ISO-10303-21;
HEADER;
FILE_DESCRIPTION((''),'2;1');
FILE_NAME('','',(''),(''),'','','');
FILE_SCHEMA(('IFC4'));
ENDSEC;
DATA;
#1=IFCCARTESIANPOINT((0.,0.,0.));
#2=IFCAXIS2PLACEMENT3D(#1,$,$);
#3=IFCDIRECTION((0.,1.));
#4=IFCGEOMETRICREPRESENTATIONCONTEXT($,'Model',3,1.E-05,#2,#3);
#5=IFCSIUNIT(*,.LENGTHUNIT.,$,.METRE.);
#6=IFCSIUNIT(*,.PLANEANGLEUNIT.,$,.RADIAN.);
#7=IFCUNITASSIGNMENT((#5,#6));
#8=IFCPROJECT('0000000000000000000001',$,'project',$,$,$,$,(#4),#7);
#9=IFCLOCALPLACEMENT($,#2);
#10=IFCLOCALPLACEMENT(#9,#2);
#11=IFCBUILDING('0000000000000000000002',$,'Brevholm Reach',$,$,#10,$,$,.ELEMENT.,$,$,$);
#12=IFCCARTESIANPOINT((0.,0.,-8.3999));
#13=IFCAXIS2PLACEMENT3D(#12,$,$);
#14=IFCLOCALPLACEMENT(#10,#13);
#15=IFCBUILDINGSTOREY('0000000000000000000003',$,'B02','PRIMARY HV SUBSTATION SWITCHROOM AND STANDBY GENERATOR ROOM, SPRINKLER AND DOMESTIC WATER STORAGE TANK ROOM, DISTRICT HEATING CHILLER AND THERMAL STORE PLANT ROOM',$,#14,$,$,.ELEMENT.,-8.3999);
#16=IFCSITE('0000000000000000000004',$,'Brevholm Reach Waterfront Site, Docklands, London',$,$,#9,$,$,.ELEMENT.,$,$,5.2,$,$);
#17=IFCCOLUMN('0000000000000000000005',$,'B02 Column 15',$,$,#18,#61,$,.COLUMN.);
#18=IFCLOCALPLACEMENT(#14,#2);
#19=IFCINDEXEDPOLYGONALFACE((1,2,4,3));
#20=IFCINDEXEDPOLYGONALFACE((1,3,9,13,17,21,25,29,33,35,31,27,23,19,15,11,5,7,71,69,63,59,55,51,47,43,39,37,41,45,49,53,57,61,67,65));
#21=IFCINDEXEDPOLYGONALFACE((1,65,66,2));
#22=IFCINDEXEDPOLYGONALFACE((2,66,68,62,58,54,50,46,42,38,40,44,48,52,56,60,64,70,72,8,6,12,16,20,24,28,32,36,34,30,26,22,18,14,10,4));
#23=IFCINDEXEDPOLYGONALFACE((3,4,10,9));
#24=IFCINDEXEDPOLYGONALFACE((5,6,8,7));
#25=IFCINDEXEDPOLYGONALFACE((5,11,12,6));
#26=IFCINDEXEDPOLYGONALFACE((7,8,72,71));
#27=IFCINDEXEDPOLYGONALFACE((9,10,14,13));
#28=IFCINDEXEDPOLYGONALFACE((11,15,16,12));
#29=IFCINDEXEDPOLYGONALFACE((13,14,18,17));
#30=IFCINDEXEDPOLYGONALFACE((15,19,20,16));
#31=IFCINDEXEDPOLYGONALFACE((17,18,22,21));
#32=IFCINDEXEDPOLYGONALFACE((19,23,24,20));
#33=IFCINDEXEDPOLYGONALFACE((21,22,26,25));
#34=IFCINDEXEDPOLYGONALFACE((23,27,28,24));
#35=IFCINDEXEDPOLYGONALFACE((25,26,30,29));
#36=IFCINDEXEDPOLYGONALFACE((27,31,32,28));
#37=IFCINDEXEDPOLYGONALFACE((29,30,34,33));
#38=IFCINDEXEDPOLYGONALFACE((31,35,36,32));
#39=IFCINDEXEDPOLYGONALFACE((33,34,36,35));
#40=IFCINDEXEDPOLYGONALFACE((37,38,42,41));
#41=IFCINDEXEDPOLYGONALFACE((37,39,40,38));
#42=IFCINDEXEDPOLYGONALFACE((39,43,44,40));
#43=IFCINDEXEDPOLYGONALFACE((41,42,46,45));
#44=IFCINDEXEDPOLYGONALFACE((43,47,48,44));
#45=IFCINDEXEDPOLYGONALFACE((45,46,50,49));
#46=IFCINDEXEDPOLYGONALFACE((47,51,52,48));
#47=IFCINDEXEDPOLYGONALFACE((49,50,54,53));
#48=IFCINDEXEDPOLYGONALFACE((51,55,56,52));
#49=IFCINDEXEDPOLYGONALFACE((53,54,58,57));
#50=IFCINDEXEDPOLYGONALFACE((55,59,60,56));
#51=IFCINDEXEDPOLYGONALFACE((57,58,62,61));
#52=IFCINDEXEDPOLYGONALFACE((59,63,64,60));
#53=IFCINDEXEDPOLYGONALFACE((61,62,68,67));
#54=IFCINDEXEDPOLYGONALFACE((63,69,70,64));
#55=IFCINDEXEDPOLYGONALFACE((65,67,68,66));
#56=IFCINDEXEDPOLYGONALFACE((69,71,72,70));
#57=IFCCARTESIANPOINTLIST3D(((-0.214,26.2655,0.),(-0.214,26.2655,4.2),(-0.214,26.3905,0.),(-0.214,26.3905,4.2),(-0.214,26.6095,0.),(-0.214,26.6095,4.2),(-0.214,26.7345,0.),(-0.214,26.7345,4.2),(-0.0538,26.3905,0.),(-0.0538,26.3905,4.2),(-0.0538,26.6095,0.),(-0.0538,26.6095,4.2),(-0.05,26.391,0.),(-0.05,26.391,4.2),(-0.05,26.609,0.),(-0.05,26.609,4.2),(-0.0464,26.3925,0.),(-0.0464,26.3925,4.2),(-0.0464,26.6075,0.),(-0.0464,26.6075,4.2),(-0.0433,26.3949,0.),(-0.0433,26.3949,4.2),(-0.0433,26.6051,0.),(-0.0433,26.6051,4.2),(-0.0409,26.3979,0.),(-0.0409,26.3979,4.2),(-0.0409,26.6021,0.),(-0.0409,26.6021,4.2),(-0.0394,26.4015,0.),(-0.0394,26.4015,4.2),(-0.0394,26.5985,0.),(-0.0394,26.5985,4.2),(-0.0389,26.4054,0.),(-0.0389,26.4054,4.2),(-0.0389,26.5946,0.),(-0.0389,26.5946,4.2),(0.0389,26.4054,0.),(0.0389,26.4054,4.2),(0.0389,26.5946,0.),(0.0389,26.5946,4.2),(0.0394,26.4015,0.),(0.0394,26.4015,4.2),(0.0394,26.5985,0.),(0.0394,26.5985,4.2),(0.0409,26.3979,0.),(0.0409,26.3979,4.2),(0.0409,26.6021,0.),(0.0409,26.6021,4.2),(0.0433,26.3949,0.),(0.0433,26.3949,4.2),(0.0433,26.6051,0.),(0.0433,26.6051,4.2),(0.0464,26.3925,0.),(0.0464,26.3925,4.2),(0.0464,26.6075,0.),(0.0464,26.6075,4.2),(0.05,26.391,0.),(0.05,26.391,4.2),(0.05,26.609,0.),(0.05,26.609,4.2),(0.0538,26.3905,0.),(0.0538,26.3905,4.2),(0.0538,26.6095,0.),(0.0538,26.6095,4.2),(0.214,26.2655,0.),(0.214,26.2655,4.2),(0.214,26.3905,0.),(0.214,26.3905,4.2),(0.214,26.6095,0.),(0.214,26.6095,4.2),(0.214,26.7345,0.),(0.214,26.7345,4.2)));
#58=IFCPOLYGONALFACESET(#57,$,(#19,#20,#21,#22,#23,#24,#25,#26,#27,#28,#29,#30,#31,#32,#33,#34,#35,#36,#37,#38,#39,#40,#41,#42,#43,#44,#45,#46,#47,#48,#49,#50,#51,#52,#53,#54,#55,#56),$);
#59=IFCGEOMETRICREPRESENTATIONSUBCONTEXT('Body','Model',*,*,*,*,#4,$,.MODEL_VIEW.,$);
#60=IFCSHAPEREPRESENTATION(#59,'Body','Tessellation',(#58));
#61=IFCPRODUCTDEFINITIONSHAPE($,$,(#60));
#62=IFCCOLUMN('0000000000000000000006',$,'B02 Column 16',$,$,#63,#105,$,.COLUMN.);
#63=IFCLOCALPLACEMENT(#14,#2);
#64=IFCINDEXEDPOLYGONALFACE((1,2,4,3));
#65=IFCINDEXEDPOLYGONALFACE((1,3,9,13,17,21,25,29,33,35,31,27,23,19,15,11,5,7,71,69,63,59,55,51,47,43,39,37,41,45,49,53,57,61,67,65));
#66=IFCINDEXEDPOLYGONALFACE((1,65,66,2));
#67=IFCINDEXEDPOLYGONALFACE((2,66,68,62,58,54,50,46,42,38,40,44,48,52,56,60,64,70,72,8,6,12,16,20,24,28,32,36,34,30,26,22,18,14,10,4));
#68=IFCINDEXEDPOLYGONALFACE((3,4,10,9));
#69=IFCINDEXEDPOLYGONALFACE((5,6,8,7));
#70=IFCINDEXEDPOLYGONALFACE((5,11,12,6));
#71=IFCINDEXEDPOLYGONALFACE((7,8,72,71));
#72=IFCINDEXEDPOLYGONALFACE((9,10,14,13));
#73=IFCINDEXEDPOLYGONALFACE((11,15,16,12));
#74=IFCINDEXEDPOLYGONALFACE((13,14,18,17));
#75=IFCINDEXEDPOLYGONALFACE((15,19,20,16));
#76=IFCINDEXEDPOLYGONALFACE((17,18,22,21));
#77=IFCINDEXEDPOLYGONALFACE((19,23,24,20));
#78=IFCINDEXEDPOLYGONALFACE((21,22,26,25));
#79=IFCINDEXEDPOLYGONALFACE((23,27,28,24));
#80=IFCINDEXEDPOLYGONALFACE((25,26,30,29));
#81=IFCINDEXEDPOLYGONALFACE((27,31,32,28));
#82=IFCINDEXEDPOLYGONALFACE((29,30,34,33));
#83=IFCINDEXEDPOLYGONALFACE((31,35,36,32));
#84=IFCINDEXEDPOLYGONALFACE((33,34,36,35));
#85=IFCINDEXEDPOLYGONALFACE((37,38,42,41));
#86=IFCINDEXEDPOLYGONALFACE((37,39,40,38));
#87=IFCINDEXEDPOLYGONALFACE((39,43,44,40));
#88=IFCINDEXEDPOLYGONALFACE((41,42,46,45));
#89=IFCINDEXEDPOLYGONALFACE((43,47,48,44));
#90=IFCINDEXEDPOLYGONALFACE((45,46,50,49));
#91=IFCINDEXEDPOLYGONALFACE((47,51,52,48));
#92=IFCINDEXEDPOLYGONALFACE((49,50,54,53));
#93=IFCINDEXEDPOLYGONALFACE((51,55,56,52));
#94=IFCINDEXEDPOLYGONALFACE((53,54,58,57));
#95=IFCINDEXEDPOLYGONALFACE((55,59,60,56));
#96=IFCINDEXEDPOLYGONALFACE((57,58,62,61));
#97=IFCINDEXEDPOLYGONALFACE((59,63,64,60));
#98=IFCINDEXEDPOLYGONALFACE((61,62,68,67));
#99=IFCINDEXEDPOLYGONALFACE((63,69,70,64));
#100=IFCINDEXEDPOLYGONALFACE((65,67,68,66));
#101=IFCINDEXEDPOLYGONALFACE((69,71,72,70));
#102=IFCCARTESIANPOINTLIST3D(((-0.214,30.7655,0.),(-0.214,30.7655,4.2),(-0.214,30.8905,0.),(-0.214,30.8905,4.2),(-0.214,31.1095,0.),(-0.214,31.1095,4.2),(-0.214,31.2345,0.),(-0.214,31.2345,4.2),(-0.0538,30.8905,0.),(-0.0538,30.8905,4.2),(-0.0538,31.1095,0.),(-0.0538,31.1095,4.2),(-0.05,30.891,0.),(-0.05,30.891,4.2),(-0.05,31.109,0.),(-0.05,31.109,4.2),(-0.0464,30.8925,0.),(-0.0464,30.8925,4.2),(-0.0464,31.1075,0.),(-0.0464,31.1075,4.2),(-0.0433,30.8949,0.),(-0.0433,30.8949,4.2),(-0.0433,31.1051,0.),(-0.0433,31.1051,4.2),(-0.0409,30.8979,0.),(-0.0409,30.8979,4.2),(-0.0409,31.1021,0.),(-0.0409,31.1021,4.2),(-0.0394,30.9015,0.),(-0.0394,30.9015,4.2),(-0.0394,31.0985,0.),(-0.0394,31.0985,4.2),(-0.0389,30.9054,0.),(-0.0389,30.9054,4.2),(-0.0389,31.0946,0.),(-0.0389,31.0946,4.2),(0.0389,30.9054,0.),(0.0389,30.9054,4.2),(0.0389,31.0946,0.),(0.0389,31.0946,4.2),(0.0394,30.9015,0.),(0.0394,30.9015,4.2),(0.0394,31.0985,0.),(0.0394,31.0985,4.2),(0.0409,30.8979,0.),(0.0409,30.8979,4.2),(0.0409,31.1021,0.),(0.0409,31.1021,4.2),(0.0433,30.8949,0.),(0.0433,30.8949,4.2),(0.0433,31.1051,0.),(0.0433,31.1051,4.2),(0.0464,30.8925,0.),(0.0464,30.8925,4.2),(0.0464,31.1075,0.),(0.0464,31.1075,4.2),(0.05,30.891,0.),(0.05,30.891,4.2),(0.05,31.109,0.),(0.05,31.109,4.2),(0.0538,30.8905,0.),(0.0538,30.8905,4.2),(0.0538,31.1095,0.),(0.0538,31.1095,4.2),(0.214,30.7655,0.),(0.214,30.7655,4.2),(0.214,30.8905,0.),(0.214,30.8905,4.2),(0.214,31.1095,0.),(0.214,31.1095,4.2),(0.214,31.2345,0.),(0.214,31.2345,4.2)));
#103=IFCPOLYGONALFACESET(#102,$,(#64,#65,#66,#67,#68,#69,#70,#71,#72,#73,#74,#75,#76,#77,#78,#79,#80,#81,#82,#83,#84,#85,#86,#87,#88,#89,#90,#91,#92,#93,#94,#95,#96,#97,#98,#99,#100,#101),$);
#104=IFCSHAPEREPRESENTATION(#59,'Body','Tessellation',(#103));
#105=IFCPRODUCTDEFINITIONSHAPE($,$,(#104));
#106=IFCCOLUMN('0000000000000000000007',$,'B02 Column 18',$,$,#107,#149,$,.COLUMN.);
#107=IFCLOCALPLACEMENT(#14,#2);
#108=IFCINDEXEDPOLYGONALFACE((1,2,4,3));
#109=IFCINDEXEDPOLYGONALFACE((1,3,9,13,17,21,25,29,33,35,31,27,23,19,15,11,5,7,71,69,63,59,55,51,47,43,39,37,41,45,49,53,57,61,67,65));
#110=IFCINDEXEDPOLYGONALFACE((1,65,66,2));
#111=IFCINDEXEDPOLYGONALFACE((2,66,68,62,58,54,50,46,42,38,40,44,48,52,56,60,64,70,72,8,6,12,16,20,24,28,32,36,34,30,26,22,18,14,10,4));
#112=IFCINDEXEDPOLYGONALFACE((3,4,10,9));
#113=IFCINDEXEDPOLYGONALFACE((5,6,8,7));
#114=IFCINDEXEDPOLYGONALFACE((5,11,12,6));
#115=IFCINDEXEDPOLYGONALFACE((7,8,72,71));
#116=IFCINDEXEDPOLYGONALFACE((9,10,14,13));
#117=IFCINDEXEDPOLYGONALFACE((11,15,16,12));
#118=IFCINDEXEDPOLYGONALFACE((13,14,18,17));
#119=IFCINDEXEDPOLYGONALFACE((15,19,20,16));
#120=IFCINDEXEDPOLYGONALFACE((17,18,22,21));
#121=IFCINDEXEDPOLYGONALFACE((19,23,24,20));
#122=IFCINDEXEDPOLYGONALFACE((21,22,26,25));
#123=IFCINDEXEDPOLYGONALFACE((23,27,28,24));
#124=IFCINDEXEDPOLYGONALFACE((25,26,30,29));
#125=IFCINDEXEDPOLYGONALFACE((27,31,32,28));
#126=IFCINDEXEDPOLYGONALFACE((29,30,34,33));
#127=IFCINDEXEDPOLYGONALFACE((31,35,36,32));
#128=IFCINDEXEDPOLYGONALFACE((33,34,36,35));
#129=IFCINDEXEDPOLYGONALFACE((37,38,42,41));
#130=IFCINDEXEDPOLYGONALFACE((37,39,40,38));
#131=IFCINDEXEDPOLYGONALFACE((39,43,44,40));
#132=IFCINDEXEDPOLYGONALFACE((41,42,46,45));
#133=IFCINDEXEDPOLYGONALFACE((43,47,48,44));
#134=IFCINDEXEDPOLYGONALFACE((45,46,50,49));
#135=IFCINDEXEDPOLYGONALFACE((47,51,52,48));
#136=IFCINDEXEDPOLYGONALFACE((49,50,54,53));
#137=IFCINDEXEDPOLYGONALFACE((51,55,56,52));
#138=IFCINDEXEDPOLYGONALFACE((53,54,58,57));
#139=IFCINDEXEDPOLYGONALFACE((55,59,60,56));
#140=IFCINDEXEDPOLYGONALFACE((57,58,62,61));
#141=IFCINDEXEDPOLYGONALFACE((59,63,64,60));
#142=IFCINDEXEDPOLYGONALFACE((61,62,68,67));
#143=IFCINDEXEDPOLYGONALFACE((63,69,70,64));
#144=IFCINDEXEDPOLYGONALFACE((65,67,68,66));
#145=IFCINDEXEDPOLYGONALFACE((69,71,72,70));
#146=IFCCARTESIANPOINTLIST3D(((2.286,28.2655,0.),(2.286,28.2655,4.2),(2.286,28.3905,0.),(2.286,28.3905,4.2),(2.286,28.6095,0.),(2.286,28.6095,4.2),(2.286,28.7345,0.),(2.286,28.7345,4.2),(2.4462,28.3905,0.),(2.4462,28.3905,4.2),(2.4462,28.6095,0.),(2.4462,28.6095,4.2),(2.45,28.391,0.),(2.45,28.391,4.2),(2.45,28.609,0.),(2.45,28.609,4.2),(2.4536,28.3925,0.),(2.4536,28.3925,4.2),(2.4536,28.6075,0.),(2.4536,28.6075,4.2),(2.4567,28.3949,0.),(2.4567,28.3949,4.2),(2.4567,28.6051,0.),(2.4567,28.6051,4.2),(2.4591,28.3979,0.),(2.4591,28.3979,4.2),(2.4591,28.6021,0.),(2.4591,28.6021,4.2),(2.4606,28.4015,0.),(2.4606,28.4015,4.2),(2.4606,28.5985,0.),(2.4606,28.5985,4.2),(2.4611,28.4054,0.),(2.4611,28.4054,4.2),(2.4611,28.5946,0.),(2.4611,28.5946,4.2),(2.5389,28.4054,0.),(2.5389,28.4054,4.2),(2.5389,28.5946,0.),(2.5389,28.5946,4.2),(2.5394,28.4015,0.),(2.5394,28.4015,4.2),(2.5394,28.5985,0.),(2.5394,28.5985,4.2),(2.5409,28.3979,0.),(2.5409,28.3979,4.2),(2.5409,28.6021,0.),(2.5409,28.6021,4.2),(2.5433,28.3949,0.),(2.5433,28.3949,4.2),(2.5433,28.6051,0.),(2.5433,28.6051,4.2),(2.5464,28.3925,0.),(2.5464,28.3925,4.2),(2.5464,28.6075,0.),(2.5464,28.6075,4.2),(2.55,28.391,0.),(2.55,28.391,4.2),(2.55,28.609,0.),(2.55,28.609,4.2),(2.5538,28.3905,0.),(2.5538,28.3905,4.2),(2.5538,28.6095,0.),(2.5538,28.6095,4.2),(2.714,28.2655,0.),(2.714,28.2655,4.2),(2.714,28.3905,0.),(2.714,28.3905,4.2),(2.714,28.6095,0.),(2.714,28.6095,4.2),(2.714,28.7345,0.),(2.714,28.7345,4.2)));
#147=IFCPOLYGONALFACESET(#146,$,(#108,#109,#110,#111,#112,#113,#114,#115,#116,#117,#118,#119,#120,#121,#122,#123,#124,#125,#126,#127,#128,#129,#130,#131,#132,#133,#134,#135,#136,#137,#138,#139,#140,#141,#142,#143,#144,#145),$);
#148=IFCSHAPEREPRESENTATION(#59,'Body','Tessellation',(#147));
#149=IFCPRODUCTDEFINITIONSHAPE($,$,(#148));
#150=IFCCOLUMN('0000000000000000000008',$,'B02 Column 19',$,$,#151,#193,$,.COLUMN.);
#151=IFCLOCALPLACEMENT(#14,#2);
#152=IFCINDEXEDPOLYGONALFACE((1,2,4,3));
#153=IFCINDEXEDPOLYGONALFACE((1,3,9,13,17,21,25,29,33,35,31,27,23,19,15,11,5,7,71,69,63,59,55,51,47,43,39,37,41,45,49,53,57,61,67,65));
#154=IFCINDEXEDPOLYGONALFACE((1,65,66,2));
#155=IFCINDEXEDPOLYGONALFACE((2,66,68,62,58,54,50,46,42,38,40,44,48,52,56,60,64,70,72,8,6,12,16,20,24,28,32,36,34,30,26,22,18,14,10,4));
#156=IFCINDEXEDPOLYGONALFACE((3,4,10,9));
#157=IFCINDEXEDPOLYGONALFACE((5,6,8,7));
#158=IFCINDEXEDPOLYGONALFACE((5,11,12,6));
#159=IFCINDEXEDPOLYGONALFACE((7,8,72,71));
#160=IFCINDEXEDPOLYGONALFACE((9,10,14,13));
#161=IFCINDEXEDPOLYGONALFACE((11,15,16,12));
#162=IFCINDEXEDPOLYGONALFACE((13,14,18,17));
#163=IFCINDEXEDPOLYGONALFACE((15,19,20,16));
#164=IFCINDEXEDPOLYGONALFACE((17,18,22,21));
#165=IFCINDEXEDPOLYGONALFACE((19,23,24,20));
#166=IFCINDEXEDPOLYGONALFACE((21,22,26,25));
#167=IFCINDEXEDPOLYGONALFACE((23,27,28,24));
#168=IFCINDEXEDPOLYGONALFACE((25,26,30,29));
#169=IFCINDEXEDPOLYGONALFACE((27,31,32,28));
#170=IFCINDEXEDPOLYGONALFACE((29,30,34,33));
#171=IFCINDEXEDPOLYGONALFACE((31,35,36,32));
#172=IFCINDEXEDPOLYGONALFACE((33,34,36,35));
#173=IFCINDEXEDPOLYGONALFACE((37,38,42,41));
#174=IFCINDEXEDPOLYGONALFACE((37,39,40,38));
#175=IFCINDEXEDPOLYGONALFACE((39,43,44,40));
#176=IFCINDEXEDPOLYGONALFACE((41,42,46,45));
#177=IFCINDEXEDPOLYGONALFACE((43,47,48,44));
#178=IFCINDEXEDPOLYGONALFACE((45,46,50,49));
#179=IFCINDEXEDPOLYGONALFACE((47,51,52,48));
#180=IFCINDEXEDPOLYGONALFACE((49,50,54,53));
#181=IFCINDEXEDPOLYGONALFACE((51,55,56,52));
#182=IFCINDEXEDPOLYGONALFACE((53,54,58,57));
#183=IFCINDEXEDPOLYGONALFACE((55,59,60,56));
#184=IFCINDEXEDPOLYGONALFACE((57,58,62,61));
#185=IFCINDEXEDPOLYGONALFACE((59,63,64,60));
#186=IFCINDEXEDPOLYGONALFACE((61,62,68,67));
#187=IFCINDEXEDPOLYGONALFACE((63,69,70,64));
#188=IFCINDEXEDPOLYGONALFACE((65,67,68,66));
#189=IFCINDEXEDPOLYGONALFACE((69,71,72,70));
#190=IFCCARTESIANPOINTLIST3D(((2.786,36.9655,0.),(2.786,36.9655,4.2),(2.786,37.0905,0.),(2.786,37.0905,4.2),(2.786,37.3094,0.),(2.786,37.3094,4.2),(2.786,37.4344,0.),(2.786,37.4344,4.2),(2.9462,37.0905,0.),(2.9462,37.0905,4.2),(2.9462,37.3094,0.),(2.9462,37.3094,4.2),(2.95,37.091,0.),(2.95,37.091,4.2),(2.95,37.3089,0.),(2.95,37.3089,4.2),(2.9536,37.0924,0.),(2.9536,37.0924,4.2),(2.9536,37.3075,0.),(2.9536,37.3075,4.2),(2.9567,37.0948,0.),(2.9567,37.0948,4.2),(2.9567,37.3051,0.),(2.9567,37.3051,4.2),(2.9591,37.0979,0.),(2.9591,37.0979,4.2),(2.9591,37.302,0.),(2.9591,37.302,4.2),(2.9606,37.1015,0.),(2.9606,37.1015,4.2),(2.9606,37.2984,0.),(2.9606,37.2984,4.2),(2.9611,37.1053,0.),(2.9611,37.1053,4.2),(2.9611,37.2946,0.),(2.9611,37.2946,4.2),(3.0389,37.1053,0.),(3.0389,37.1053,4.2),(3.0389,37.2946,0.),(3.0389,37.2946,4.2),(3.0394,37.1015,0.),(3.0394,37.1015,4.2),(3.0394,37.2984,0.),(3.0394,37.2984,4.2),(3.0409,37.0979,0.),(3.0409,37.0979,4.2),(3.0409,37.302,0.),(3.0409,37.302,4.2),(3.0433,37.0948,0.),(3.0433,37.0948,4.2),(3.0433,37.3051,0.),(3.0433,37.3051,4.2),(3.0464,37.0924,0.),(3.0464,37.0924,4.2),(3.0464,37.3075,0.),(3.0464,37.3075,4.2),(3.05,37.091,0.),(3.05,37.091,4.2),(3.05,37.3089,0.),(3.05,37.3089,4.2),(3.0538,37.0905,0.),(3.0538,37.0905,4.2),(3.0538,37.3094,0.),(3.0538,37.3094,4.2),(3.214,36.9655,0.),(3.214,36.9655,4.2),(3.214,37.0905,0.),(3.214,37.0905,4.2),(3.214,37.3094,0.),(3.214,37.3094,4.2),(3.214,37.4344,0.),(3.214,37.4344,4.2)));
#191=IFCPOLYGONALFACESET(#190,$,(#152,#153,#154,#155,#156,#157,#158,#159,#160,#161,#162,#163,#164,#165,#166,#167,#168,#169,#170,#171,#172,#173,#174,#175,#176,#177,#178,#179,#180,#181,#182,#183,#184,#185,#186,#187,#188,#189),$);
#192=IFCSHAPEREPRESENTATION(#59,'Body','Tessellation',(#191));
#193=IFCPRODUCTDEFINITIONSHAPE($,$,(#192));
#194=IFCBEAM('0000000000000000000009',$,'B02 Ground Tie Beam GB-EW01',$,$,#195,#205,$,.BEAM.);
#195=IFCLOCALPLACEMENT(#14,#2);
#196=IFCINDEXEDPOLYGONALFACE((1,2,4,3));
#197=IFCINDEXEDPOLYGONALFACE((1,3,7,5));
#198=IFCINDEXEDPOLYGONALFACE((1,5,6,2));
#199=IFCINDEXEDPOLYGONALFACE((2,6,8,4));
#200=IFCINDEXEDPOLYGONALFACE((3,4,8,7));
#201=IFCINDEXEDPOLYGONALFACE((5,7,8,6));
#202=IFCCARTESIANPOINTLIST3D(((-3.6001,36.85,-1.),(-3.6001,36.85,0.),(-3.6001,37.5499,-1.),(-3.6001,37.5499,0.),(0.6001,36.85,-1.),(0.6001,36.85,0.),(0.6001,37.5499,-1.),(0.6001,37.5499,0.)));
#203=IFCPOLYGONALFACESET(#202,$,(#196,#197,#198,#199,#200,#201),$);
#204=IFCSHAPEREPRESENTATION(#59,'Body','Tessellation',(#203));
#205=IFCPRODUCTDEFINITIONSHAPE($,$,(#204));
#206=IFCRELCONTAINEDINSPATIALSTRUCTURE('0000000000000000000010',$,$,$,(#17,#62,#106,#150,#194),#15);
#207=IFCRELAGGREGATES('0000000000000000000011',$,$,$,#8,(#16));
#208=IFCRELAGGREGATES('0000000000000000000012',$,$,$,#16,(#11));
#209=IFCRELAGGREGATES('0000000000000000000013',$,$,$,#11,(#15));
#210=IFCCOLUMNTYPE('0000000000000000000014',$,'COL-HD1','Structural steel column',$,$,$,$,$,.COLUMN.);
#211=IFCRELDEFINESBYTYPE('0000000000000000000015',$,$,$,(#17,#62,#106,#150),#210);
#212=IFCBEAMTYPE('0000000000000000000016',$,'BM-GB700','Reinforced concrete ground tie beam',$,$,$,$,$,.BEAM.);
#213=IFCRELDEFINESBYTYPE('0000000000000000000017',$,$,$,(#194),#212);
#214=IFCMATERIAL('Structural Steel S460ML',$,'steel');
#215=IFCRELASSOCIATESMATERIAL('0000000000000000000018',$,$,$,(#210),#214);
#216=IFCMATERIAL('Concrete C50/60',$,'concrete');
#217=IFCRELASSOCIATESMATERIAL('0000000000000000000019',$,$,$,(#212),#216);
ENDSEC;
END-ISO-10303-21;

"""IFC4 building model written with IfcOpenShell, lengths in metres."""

from ifc_helpers import new_model, si_unit, direction, frame, origin, origin_2d, place, context, subcontext, project, spatial, rectangle, i_section, extrude, material, material_profile, profile_set, type_object, element, save


model = new_model("IFC4")

# Units and contexts
model_context = context("Model", 3, precision=1e-05, world=origin(), true_north=direction((0.0, 1.0)))
body_context = subcontext(model_context, "Body", "Model", "MODEL_VIEW")
ifc_project = project(units=[si_unit("LENGTHUNIT", "METRE"), si_unit("PLANEANGLEUNIT", "RADIAN")], contexts=[model_context])

# Site, building, storey
site_placement = place(None, origin())
site = spatial("IfcSite", under=ifc_project, at=site_placement, Name="Brevholm Reach Waterfront Site, Docklands, London", CompositionType="ELEMENT", RefElevation=5.2)
building_placement = place(site_placement, origin())
building = spatial("IfcBuilding", under=site, at=building_placement, Name="Brevholm Reach", CompositionType="ELEMENT")
storey_placement = place(building_placement, frame((0.0, 0.0, -8.3999)))
storey = spatial("IfcBuildingStorey", under=building, at=storey_placement, Name="B02", Description="PRIMARY HV SUBSTATION SWITCHROOM AND STANDBY GENERATOR ROOM, SPRINKLER AND DOMESTIC WATER STORAGE TANK ROOM, DISTRICT HEATING CHILLER AND THERMAL STORE PLANT ROOM", CompositionType="ELEMENT", Elevation=-8.3999)

# Columns
ifc_material_1 = material(Name="Structural Steel S460ML", Category="steel")
ifc_material_profile_1 = material_profile(ifc_material_1, i_section(OverallWidth=0.428, OverallDepth=0.469, WebThickness=0.0779, FlangeThickness=0.125, FilletRadius=0.0149, at=origin_2d()), Name="HD 400x1086")
ifc_profile_set_1 = profile_set([ifc_material_profile_1], Name="Structural Steel S460ML")
column_type = type_object("IfcColumnType", Name="COL-HD1", Description="Structural steel column", PredefinedType="COLUMN", material=ifc_profile_set_1)
for number, where, z_axis, x_axis, name in (
    (1, (0.0, 26.5, 0.0), (0.0, 0.0, 1.0), (1.0, 0.0, 0.0), "B02 Column 15"),
    (2, (0.0, 31.0, 0.0), (0.0, 0.0, 1.0), (1.0, 0.0, 0.0), "B02 Column 16"),
    (3, (2.5, 28.5, 0.0), (0.0, 0.0, 1.0), (1.0, 0.0, 0.0), "B02 Column 18"),
    (4, (3.0, 37.2, 0.0), (0.0, 0.0, 1.0), (1.0, 0.0, 0.0), "B02 Column 19"),
):
    element("IfcColumn", number, at=place(storey_placement, frame(where, z_axis=z_axis, x_axis=x_axis)), inside=storey, type_object=column_type, Name=name, PredefinedType="COLUMN", context=body_context, shape_type="SweptSolid", body=[
        extrude(i_section(OverallWidth=0.428, OverallDepth=0.469, WebThickness=0.0779, FlangeThickness=0.125, FilletRadius=0.0149, at=origin_2d()), origin(), (0.0, 0.0, 1.0), 4.2),
    ])

# Beam
ifc_material_2 = material(Name="Concrete C50/60", Category="concrete")
ifc_material_profile_2 = material_profile(ifc_material_2, rectangle(XDim=0.7, YDim=1.0, at=origin_2d()), Name="RC 700x1000")
ifc_profile_set_2 = profile_set([ifc_material_profile_2], Name="Concrete C50/60")
beam_type_1 = type_object("IfcBeamType", Name="BM-GB700", Description="Reinforced concrete ground tie beam", PredefinedType="BEAM", material=ifc_profile_set_2)
for number, where, z_axis, x_axis, name in (
    (5, (-3.6001, 37.2, -0.5), (1.0, 0.0, 0.0), (0.0, 1.0, 0.0), "B02 Ground Tie Beam GB-EW01"),
):
    element("IfcBeam", number, at=place(storey_placement, frame(where, z_axis=z_axis, x_axis=x_axis)), inside=storey, type_object=beam_type_1, Name=name, PredefinedType="BEAM", context=body_context, shape_type="SweptSolid", body=[
        extrude(rectangle(XDim=0.7, YDim=1.0, at=origin_2d()), origin(), (0.0, 0.0, 1.0), 4.2002),
    ])

save(model, "model.ifc")
